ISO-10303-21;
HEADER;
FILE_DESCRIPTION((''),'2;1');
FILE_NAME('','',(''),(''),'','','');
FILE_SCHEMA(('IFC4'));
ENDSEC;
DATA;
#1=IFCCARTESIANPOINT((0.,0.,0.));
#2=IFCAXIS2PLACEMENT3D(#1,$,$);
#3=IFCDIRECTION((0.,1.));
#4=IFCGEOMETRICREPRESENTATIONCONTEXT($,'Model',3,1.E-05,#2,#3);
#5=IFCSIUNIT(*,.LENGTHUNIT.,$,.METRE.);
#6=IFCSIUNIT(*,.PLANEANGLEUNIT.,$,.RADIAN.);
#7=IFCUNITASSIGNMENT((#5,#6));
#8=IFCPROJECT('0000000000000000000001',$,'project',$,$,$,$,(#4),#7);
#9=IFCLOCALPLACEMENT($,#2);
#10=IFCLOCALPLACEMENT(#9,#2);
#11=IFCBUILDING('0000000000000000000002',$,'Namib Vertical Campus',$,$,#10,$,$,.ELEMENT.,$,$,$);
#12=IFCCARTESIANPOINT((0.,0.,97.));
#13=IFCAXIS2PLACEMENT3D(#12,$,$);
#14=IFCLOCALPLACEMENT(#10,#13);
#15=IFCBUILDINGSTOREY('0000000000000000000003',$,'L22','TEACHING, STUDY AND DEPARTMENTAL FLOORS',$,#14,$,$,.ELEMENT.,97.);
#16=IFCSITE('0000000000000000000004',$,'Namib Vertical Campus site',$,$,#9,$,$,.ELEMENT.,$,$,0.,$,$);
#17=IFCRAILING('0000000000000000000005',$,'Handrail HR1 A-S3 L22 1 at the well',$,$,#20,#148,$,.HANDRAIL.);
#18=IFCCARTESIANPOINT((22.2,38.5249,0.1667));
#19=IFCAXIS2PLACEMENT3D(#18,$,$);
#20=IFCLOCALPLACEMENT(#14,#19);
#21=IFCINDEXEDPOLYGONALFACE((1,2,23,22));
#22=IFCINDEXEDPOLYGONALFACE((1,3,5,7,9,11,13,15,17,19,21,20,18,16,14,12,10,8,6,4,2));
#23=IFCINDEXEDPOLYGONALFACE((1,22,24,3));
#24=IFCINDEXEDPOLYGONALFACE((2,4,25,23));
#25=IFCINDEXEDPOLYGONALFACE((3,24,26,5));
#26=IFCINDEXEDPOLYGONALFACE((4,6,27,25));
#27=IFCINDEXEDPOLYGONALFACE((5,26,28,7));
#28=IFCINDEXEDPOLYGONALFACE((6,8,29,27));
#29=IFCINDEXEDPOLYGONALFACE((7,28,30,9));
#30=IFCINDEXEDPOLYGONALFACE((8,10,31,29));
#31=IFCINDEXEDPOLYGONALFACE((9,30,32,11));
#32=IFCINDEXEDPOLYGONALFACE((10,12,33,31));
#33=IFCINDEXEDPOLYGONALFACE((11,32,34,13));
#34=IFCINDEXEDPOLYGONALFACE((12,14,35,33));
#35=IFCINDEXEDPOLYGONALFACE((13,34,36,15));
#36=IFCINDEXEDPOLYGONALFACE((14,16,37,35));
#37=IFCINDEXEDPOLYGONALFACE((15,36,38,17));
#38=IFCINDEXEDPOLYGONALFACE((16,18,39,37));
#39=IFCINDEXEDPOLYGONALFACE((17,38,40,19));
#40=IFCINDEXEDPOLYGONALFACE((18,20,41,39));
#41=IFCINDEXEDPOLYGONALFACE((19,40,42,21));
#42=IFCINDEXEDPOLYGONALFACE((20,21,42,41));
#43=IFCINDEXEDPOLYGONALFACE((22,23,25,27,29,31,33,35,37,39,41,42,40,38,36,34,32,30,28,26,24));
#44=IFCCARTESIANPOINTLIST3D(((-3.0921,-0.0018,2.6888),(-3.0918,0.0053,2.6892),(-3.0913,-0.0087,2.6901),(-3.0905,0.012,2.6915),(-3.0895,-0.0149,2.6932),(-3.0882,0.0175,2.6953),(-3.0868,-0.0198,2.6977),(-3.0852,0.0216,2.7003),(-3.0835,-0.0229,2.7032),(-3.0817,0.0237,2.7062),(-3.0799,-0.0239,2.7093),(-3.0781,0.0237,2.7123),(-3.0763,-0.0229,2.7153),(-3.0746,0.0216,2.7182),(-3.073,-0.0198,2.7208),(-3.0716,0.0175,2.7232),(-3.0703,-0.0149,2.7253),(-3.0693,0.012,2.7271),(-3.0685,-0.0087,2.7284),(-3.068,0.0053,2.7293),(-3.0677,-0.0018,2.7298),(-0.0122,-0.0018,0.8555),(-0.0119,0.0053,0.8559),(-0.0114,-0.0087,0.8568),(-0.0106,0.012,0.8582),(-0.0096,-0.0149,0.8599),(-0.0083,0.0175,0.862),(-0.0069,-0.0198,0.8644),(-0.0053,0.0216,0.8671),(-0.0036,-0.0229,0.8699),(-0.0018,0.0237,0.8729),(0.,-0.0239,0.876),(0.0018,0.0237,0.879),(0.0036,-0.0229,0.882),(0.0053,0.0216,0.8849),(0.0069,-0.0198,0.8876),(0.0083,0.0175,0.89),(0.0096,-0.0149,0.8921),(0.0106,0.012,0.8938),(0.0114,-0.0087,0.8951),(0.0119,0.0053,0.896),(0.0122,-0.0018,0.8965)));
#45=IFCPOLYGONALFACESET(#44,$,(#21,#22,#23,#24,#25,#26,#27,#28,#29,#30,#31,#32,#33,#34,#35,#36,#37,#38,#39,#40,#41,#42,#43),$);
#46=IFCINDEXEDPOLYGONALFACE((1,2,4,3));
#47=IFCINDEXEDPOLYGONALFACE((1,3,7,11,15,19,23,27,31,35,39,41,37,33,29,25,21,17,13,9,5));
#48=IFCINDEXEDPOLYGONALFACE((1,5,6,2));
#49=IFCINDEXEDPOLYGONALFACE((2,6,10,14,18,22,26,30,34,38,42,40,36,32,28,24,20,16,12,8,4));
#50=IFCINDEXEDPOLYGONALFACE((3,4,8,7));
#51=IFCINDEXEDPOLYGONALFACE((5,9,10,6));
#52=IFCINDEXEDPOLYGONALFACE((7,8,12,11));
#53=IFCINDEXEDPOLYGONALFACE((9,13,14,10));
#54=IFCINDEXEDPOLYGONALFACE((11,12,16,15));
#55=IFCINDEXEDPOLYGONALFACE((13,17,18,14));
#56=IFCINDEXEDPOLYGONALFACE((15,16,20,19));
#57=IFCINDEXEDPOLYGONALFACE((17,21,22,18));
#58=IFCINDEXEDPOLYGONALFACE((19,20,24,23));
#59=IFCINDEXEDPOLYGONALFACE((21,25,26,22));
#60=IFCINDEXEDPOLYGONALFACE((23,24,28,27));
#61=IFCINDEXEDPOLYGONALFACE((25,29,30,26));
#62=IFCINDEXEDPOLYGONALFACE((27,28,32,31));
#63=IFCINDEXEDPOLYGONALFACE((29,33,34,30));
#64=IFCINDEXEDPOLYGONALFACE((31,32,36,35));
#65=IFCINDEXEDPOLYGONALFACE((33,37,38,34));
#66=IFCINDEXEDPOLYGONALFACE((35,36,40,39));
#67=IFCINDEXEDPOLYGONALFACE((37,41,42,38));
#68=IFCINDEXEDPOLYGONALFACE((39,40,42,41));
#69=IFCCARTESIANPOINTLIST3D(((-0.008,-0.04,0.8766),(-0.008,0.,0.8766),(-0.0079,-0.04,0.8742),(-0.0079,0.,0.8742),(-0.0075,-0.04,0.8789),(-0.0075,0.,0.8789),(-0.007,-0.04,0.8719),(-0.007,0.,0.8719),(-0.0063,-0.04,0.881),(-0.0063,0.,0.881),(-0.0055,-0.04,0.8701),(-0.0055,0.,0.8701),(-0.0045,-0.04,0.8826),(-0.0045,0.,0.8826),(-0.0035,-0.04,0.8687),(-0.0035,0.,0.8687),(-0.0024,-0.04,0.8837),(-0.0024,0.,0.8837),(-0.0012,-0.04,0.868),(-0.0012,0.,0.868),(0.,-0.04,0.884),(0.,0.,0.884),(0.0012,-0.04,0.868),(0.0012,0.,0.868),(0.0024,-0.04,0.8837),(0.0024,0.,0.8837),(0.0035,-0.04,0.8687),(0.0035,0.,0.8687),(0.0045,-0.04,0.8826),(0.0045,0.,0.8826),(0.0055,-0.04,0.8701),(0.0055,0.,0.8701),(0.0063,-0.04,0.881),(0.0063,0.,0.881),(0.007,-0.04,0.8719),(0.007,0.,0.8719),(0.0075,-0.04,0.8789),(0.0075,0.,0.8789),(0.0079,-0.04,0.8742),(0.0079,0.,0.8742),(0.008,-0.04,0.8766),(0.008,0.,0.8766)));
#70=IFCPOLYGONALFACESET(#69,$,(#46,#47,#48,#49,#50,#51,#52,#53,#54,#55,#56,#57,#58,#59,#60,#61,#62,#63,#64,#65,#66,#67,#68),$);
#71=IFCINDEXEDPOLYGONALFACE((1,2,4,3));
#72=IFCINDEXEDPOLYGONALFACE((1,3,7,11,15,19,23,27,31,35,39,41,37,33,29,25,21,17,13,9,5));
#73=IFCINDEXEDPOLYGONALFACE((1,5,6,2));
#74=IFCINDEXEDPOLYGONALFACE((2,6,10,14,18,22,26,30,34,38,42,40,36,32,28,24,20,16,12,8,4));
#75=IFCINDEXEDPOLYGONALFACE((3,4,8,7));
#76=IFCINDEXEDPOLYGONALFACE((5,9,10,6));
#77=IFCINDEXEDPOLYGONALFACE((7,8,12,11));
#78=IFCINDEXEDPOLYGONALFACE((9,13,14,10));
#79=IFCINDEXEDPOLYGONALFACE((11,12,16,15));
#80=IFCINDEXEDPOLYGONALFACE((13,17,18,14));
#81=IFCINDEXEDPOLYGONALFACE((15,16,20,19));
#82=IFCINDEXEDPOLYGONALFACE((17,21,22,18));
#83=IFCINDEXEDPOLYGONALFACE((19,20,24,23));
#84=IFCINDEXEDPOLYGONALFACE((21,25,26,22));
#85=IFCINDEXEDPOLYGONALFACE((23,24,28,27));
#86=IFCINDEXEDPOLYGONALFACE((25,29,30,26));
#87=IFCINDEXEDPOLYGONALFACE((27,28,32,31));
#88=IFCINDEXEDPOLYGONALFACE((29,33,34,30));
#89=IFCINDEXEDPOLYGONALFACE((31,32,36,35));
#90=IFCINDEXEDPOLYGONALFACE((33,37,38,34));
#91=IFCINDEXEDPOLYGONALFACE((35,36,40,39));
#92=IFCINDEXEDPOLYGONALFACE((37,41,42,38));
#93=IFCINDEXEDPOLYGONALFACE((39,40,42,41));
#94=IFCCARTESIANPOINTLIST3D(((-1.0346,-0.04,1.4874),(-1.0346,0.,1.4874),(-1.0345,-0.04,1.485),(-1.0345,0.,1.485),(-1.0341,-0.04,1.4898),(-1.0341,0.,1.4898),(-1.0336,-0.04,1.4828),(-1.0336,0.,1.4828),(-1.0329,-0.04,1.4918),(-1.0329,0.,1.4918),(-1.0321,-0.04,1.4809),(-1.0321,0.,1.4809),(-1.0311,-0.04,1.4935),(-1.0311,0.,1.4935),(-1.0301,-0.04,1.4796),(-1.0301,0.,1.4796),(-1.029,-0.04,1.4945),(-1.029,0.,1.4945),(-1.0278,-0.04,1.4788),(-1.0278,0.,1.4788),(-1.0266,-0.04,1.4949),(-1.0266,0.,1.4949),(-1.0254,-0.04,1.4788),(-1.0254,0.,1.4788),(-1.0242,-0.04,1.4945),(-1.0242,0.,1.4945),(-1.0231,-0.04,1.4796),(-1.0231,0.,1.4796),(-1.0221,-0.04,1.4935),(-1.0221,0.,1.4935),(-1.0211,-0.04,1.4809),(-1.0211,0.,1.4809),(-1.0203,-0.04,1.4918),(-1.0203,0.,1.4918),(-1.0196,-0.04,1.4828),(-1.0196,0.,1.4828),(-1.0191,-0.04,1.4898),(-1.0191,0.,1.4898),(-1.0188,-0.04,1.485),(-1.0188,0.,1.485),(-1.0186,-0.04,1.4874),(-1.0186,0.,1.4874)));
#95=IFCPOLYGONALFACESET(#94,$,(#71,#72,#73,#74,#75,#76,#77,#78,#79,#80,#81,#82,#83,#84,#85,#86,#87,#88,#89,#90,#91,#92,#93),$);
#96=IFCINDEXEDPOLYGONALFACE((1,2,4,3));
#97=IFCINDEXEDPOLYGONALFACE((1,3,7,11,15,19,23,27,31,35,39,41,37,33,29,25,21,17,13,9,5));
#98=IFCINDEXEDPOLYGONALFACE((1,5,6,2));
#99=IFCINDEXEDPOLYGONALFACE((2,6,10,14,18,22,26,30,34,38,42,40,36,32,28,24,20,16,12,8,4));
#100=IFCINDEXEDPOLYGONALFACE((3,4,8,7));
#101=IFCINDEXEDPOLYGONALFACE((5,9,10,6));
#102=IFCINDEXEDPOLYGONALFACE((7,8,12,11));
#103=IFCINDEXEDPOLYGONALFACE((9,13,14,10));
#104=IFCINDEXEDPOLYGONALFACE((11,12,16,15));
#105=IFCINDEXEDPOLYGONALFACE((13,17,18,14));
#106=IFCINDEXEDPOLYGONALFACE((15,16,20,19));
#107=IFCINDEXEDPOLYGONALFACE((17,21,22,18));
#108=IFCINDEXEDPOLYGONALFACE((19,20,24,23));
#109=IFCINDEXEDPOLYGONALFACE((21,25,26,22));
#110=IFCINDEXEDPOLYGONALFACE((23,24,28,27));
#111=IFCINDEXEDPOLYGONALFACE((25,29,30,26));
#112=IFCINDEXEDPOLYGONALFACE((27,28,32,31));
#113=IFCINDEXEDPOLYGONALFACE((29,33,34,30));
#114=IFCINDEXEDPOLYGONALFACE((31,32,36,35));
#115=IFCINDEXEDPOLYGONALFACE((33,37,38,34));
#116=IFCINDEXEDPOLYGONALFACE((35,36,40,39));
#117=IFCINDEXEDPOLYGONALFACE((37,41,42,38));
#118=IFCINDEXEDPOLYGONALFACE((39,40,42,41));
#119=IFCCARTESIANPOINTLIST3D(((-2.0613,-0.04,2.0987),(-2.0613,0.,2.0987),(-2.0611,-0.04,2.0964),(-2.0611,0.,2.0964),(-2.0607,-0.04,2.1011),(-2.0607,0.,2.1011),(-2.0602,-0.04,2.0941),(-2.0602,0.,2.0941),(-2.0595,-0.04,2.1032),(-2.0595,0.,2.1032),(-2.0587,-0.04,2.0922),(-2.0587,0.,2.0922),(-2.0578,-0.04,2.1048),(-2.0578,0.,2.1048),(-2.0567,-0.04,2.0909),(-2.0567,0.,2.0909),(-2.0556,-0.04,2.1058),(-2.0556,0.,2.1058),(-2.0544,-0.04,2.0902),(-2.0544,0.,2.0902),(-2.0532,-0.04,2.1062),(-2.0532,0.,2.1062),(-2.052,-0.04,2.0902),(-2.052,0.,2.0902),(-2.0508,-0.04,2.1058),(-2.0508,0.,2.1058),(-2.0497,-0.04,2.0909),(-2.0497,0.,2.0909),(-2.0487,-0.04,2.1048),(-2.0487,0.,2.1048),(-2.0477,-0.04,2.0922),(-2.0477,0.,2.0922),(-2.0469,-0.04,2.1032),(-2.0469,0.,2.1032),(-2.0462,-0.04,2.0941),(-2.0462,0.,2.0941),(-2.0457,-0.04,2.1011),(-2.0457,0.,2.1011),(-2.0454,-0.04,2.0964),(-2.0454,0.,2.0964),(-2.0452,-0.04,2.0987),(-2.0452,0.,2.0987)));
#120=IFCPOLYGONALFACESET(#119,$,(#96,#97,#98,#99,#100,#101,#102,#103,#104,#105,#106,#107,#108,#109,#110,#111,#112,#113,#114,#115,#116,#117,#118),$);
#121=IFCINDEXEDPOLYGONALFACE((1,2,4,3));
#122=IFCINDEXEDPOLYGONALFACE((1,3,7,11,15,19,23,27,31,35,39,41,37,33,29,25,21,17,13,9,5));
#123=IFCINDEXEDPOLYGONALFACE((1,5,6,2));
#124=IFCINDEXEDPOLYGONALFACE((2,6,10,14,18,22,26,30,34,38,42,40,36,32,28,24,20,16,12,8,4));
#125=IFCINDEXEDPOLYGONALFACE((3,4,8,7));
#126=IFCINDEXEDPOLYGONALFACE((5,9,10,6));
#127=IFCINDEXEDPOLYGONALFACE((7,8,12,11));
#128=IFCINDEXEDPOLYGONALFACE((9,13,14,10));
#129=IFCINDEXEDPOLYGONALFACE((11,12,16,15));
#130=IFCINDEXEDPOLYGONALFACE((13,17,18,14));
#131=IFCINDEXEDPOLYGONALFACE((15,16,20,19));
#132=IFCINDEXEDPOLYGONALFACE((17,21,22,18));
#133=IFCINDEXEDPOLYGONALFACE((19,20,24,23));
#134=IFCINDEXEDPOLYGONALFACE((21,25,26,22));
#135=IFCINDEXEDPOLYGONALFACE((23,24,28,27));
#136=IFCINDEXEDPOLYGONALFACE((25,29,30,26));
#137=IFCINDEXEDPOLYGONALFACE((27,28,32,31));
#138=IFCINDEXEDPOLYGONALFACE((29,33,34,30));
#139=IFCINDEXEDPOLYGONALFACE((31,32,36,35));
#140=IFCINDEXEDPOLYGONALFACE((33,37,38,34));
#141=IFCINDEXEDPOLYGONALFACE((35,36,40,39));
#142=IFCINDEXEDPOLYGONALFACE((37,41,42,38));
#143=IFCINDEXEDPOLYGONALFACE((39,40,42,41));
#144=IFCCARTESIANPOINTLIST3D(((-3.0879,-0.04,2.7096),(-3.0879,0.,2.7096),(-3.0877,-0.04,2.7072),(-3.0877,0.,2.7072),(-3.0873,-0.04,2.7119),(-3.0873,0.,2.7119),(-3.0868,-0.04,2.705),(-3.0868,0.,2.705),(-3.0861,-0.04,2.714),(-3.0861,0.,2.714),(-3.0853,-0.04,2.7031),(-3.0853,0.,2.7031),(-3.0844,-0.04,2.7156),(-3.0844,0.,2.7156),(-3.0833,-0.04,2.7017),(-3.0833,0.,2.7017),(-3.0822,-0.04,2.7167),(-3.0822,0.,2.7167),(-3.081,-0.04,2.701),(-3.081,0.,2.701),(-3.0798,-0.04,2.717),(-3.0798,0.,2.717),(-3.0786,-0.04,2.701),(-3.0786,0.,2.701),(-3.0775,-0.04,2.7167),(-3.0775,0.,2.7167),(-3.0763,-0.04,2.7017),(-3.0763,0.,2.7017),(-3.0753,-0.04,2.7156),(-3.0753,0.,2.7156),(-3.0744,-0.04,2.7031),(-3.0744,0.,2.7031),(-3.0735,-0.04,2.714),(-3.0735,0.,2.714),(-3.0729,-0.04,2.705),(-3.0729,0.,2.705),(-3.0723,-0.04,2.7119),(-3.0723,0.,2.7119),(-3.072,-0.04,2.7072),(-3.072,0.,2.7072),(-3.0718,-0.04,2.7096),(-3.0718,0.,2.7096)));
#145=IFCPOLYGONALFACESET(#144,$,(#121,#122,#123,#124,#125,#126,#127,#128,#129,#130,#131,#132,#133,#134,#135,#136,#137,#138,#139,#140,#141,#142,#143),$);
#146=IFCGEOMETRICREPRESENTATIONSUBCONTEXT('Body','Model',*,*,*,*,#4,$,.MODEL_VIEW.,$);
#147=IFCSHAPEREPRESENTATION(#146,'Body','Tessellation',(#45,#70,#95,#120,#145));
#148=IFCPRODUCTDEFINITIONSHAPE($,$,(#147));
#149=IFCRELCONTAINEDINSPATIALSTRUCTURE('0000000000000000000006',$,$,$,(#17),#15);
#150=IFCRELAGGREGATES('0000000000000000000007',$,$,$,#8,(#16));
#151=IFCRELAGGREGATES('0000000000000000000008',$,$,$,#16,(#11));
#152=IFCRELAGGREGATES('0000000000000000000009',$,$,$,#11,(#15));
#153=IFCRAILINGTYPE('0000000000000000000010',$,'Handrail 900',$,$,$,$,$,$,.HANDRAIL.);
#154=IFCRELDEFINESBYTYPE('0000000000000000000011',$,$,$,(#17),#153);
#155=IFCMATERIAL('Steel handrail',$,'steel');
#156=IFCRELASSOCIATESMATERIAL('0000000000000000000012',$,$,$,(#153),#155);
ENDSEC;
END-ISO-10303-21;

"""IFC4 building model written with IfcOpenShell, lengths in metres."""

from ifc_helpers import new_model, si_unit, direction, frame, origin, origin_2d, place, context, subcontext, project, spatial, circle, extrude, material, type_object, element, save


model = new_model("IFC4")

# Units and contexts
model_context = context("Model", 3, precision=1e-05, world=origin(), true_north=direction((0.0, 1.0)))
body_context = subcontext(model_context, "Body", "Model", "MODEL_VIEW")
ifc_project = project(units=[si_unit("LENGTHUNIT", "METRE"), si_unit("PLANEANGLEUNIT", "RADIAN")], contexts=[model_context])

# Site, building, storey
site_placement = place(None, origin())
site = spatial("IfcSite", under=ifc_project, at=site_placement, Name="Namib Vertical Campus site", CompositionType="ELEMENT", RefElevation=0.0)
building_placement = place(site_placement, origin())
building = spatial("IfcBuilding", under=site, at=building_placement, Name="Namib Vertical Campus", CompositionType="ELEMENT")
storey_placement = place(building_placement, frame((0.0, 0.0, 97.0)))
storey = spatial("IfcBuildingStorey", under=building, at=storey_placement, Name="L22", Description="TEACHING, STUDY AND DEPARTMENTAL FLOORS", CompositionType="ELEMENT", Elevation=97.0)

# Railing
ifc_material_1 = material(Name="Steel handrail", Category="steel")
railing_type_1 = type_object("IfcRailingType", Name="Handrail 900", PredefinedType="HANDRAIL", material=ifc_material_1)
railing_1_placement = place(storey_placement, frame((22.2, 38.5249, 0.1667)))
element("IfcRailing", 1, at=railing_1_placement, inside=storey, type_object=railing_type_1, Name="Handrail HR1 A-S3 L22 1 at the well", PredefinedType="HANDRAIL", context=body_context, shape_type="SweptSolid", body=[
    extrude(circle(Radius=0.0239, at=origin_2d()), frame((0.0, 0.0, 0.876), z_axis=(-0.859291, 0.0, 0.511487), x_axis=(0.0, -1.0, 0.0)), (0.0, 0.0, 1.0), 3.5842),
    extrude(circle(Radius=0.0081, at=origin_2d()), frame((0.0, 0.0, 0.876), z_axis=(0.0, -1.0, 0.0), x_axis=(0.0, 0.0, 1.0)), (0.0, 0.0, 1.0), 0.04),
    extrude(circle(Radius=0.0081, at=origin_2d()), frame((-1.0266, 0.0, 1.4868), z_axis=(0.0, -1.0, 0.0), x_axis=(0.0, 0.0, 1.0)), (0.0, 0.0, 1.0), 0.04),
    extrude(circle(Radius=0.0081, at=origin_2d()), frame((-2.0532, 0.0, 2.0981), z_axis=(0.0, -1.0, 0.0), x_axis=(0.0, 0.0, 1.0)), (0.0, 0.0, 1.0), 0.04),
    extrude(circle(Radius=0.0081, at=origin_2d()), frame((-3.0798, 0.0, 2.709), z_axis=(0.0, -1.0, 0.0), x_axis=(0.0, 0.0, 1.0)), (0.0, 0.0, 1.0), 0.04),
])

save(model, "model.ifc")
